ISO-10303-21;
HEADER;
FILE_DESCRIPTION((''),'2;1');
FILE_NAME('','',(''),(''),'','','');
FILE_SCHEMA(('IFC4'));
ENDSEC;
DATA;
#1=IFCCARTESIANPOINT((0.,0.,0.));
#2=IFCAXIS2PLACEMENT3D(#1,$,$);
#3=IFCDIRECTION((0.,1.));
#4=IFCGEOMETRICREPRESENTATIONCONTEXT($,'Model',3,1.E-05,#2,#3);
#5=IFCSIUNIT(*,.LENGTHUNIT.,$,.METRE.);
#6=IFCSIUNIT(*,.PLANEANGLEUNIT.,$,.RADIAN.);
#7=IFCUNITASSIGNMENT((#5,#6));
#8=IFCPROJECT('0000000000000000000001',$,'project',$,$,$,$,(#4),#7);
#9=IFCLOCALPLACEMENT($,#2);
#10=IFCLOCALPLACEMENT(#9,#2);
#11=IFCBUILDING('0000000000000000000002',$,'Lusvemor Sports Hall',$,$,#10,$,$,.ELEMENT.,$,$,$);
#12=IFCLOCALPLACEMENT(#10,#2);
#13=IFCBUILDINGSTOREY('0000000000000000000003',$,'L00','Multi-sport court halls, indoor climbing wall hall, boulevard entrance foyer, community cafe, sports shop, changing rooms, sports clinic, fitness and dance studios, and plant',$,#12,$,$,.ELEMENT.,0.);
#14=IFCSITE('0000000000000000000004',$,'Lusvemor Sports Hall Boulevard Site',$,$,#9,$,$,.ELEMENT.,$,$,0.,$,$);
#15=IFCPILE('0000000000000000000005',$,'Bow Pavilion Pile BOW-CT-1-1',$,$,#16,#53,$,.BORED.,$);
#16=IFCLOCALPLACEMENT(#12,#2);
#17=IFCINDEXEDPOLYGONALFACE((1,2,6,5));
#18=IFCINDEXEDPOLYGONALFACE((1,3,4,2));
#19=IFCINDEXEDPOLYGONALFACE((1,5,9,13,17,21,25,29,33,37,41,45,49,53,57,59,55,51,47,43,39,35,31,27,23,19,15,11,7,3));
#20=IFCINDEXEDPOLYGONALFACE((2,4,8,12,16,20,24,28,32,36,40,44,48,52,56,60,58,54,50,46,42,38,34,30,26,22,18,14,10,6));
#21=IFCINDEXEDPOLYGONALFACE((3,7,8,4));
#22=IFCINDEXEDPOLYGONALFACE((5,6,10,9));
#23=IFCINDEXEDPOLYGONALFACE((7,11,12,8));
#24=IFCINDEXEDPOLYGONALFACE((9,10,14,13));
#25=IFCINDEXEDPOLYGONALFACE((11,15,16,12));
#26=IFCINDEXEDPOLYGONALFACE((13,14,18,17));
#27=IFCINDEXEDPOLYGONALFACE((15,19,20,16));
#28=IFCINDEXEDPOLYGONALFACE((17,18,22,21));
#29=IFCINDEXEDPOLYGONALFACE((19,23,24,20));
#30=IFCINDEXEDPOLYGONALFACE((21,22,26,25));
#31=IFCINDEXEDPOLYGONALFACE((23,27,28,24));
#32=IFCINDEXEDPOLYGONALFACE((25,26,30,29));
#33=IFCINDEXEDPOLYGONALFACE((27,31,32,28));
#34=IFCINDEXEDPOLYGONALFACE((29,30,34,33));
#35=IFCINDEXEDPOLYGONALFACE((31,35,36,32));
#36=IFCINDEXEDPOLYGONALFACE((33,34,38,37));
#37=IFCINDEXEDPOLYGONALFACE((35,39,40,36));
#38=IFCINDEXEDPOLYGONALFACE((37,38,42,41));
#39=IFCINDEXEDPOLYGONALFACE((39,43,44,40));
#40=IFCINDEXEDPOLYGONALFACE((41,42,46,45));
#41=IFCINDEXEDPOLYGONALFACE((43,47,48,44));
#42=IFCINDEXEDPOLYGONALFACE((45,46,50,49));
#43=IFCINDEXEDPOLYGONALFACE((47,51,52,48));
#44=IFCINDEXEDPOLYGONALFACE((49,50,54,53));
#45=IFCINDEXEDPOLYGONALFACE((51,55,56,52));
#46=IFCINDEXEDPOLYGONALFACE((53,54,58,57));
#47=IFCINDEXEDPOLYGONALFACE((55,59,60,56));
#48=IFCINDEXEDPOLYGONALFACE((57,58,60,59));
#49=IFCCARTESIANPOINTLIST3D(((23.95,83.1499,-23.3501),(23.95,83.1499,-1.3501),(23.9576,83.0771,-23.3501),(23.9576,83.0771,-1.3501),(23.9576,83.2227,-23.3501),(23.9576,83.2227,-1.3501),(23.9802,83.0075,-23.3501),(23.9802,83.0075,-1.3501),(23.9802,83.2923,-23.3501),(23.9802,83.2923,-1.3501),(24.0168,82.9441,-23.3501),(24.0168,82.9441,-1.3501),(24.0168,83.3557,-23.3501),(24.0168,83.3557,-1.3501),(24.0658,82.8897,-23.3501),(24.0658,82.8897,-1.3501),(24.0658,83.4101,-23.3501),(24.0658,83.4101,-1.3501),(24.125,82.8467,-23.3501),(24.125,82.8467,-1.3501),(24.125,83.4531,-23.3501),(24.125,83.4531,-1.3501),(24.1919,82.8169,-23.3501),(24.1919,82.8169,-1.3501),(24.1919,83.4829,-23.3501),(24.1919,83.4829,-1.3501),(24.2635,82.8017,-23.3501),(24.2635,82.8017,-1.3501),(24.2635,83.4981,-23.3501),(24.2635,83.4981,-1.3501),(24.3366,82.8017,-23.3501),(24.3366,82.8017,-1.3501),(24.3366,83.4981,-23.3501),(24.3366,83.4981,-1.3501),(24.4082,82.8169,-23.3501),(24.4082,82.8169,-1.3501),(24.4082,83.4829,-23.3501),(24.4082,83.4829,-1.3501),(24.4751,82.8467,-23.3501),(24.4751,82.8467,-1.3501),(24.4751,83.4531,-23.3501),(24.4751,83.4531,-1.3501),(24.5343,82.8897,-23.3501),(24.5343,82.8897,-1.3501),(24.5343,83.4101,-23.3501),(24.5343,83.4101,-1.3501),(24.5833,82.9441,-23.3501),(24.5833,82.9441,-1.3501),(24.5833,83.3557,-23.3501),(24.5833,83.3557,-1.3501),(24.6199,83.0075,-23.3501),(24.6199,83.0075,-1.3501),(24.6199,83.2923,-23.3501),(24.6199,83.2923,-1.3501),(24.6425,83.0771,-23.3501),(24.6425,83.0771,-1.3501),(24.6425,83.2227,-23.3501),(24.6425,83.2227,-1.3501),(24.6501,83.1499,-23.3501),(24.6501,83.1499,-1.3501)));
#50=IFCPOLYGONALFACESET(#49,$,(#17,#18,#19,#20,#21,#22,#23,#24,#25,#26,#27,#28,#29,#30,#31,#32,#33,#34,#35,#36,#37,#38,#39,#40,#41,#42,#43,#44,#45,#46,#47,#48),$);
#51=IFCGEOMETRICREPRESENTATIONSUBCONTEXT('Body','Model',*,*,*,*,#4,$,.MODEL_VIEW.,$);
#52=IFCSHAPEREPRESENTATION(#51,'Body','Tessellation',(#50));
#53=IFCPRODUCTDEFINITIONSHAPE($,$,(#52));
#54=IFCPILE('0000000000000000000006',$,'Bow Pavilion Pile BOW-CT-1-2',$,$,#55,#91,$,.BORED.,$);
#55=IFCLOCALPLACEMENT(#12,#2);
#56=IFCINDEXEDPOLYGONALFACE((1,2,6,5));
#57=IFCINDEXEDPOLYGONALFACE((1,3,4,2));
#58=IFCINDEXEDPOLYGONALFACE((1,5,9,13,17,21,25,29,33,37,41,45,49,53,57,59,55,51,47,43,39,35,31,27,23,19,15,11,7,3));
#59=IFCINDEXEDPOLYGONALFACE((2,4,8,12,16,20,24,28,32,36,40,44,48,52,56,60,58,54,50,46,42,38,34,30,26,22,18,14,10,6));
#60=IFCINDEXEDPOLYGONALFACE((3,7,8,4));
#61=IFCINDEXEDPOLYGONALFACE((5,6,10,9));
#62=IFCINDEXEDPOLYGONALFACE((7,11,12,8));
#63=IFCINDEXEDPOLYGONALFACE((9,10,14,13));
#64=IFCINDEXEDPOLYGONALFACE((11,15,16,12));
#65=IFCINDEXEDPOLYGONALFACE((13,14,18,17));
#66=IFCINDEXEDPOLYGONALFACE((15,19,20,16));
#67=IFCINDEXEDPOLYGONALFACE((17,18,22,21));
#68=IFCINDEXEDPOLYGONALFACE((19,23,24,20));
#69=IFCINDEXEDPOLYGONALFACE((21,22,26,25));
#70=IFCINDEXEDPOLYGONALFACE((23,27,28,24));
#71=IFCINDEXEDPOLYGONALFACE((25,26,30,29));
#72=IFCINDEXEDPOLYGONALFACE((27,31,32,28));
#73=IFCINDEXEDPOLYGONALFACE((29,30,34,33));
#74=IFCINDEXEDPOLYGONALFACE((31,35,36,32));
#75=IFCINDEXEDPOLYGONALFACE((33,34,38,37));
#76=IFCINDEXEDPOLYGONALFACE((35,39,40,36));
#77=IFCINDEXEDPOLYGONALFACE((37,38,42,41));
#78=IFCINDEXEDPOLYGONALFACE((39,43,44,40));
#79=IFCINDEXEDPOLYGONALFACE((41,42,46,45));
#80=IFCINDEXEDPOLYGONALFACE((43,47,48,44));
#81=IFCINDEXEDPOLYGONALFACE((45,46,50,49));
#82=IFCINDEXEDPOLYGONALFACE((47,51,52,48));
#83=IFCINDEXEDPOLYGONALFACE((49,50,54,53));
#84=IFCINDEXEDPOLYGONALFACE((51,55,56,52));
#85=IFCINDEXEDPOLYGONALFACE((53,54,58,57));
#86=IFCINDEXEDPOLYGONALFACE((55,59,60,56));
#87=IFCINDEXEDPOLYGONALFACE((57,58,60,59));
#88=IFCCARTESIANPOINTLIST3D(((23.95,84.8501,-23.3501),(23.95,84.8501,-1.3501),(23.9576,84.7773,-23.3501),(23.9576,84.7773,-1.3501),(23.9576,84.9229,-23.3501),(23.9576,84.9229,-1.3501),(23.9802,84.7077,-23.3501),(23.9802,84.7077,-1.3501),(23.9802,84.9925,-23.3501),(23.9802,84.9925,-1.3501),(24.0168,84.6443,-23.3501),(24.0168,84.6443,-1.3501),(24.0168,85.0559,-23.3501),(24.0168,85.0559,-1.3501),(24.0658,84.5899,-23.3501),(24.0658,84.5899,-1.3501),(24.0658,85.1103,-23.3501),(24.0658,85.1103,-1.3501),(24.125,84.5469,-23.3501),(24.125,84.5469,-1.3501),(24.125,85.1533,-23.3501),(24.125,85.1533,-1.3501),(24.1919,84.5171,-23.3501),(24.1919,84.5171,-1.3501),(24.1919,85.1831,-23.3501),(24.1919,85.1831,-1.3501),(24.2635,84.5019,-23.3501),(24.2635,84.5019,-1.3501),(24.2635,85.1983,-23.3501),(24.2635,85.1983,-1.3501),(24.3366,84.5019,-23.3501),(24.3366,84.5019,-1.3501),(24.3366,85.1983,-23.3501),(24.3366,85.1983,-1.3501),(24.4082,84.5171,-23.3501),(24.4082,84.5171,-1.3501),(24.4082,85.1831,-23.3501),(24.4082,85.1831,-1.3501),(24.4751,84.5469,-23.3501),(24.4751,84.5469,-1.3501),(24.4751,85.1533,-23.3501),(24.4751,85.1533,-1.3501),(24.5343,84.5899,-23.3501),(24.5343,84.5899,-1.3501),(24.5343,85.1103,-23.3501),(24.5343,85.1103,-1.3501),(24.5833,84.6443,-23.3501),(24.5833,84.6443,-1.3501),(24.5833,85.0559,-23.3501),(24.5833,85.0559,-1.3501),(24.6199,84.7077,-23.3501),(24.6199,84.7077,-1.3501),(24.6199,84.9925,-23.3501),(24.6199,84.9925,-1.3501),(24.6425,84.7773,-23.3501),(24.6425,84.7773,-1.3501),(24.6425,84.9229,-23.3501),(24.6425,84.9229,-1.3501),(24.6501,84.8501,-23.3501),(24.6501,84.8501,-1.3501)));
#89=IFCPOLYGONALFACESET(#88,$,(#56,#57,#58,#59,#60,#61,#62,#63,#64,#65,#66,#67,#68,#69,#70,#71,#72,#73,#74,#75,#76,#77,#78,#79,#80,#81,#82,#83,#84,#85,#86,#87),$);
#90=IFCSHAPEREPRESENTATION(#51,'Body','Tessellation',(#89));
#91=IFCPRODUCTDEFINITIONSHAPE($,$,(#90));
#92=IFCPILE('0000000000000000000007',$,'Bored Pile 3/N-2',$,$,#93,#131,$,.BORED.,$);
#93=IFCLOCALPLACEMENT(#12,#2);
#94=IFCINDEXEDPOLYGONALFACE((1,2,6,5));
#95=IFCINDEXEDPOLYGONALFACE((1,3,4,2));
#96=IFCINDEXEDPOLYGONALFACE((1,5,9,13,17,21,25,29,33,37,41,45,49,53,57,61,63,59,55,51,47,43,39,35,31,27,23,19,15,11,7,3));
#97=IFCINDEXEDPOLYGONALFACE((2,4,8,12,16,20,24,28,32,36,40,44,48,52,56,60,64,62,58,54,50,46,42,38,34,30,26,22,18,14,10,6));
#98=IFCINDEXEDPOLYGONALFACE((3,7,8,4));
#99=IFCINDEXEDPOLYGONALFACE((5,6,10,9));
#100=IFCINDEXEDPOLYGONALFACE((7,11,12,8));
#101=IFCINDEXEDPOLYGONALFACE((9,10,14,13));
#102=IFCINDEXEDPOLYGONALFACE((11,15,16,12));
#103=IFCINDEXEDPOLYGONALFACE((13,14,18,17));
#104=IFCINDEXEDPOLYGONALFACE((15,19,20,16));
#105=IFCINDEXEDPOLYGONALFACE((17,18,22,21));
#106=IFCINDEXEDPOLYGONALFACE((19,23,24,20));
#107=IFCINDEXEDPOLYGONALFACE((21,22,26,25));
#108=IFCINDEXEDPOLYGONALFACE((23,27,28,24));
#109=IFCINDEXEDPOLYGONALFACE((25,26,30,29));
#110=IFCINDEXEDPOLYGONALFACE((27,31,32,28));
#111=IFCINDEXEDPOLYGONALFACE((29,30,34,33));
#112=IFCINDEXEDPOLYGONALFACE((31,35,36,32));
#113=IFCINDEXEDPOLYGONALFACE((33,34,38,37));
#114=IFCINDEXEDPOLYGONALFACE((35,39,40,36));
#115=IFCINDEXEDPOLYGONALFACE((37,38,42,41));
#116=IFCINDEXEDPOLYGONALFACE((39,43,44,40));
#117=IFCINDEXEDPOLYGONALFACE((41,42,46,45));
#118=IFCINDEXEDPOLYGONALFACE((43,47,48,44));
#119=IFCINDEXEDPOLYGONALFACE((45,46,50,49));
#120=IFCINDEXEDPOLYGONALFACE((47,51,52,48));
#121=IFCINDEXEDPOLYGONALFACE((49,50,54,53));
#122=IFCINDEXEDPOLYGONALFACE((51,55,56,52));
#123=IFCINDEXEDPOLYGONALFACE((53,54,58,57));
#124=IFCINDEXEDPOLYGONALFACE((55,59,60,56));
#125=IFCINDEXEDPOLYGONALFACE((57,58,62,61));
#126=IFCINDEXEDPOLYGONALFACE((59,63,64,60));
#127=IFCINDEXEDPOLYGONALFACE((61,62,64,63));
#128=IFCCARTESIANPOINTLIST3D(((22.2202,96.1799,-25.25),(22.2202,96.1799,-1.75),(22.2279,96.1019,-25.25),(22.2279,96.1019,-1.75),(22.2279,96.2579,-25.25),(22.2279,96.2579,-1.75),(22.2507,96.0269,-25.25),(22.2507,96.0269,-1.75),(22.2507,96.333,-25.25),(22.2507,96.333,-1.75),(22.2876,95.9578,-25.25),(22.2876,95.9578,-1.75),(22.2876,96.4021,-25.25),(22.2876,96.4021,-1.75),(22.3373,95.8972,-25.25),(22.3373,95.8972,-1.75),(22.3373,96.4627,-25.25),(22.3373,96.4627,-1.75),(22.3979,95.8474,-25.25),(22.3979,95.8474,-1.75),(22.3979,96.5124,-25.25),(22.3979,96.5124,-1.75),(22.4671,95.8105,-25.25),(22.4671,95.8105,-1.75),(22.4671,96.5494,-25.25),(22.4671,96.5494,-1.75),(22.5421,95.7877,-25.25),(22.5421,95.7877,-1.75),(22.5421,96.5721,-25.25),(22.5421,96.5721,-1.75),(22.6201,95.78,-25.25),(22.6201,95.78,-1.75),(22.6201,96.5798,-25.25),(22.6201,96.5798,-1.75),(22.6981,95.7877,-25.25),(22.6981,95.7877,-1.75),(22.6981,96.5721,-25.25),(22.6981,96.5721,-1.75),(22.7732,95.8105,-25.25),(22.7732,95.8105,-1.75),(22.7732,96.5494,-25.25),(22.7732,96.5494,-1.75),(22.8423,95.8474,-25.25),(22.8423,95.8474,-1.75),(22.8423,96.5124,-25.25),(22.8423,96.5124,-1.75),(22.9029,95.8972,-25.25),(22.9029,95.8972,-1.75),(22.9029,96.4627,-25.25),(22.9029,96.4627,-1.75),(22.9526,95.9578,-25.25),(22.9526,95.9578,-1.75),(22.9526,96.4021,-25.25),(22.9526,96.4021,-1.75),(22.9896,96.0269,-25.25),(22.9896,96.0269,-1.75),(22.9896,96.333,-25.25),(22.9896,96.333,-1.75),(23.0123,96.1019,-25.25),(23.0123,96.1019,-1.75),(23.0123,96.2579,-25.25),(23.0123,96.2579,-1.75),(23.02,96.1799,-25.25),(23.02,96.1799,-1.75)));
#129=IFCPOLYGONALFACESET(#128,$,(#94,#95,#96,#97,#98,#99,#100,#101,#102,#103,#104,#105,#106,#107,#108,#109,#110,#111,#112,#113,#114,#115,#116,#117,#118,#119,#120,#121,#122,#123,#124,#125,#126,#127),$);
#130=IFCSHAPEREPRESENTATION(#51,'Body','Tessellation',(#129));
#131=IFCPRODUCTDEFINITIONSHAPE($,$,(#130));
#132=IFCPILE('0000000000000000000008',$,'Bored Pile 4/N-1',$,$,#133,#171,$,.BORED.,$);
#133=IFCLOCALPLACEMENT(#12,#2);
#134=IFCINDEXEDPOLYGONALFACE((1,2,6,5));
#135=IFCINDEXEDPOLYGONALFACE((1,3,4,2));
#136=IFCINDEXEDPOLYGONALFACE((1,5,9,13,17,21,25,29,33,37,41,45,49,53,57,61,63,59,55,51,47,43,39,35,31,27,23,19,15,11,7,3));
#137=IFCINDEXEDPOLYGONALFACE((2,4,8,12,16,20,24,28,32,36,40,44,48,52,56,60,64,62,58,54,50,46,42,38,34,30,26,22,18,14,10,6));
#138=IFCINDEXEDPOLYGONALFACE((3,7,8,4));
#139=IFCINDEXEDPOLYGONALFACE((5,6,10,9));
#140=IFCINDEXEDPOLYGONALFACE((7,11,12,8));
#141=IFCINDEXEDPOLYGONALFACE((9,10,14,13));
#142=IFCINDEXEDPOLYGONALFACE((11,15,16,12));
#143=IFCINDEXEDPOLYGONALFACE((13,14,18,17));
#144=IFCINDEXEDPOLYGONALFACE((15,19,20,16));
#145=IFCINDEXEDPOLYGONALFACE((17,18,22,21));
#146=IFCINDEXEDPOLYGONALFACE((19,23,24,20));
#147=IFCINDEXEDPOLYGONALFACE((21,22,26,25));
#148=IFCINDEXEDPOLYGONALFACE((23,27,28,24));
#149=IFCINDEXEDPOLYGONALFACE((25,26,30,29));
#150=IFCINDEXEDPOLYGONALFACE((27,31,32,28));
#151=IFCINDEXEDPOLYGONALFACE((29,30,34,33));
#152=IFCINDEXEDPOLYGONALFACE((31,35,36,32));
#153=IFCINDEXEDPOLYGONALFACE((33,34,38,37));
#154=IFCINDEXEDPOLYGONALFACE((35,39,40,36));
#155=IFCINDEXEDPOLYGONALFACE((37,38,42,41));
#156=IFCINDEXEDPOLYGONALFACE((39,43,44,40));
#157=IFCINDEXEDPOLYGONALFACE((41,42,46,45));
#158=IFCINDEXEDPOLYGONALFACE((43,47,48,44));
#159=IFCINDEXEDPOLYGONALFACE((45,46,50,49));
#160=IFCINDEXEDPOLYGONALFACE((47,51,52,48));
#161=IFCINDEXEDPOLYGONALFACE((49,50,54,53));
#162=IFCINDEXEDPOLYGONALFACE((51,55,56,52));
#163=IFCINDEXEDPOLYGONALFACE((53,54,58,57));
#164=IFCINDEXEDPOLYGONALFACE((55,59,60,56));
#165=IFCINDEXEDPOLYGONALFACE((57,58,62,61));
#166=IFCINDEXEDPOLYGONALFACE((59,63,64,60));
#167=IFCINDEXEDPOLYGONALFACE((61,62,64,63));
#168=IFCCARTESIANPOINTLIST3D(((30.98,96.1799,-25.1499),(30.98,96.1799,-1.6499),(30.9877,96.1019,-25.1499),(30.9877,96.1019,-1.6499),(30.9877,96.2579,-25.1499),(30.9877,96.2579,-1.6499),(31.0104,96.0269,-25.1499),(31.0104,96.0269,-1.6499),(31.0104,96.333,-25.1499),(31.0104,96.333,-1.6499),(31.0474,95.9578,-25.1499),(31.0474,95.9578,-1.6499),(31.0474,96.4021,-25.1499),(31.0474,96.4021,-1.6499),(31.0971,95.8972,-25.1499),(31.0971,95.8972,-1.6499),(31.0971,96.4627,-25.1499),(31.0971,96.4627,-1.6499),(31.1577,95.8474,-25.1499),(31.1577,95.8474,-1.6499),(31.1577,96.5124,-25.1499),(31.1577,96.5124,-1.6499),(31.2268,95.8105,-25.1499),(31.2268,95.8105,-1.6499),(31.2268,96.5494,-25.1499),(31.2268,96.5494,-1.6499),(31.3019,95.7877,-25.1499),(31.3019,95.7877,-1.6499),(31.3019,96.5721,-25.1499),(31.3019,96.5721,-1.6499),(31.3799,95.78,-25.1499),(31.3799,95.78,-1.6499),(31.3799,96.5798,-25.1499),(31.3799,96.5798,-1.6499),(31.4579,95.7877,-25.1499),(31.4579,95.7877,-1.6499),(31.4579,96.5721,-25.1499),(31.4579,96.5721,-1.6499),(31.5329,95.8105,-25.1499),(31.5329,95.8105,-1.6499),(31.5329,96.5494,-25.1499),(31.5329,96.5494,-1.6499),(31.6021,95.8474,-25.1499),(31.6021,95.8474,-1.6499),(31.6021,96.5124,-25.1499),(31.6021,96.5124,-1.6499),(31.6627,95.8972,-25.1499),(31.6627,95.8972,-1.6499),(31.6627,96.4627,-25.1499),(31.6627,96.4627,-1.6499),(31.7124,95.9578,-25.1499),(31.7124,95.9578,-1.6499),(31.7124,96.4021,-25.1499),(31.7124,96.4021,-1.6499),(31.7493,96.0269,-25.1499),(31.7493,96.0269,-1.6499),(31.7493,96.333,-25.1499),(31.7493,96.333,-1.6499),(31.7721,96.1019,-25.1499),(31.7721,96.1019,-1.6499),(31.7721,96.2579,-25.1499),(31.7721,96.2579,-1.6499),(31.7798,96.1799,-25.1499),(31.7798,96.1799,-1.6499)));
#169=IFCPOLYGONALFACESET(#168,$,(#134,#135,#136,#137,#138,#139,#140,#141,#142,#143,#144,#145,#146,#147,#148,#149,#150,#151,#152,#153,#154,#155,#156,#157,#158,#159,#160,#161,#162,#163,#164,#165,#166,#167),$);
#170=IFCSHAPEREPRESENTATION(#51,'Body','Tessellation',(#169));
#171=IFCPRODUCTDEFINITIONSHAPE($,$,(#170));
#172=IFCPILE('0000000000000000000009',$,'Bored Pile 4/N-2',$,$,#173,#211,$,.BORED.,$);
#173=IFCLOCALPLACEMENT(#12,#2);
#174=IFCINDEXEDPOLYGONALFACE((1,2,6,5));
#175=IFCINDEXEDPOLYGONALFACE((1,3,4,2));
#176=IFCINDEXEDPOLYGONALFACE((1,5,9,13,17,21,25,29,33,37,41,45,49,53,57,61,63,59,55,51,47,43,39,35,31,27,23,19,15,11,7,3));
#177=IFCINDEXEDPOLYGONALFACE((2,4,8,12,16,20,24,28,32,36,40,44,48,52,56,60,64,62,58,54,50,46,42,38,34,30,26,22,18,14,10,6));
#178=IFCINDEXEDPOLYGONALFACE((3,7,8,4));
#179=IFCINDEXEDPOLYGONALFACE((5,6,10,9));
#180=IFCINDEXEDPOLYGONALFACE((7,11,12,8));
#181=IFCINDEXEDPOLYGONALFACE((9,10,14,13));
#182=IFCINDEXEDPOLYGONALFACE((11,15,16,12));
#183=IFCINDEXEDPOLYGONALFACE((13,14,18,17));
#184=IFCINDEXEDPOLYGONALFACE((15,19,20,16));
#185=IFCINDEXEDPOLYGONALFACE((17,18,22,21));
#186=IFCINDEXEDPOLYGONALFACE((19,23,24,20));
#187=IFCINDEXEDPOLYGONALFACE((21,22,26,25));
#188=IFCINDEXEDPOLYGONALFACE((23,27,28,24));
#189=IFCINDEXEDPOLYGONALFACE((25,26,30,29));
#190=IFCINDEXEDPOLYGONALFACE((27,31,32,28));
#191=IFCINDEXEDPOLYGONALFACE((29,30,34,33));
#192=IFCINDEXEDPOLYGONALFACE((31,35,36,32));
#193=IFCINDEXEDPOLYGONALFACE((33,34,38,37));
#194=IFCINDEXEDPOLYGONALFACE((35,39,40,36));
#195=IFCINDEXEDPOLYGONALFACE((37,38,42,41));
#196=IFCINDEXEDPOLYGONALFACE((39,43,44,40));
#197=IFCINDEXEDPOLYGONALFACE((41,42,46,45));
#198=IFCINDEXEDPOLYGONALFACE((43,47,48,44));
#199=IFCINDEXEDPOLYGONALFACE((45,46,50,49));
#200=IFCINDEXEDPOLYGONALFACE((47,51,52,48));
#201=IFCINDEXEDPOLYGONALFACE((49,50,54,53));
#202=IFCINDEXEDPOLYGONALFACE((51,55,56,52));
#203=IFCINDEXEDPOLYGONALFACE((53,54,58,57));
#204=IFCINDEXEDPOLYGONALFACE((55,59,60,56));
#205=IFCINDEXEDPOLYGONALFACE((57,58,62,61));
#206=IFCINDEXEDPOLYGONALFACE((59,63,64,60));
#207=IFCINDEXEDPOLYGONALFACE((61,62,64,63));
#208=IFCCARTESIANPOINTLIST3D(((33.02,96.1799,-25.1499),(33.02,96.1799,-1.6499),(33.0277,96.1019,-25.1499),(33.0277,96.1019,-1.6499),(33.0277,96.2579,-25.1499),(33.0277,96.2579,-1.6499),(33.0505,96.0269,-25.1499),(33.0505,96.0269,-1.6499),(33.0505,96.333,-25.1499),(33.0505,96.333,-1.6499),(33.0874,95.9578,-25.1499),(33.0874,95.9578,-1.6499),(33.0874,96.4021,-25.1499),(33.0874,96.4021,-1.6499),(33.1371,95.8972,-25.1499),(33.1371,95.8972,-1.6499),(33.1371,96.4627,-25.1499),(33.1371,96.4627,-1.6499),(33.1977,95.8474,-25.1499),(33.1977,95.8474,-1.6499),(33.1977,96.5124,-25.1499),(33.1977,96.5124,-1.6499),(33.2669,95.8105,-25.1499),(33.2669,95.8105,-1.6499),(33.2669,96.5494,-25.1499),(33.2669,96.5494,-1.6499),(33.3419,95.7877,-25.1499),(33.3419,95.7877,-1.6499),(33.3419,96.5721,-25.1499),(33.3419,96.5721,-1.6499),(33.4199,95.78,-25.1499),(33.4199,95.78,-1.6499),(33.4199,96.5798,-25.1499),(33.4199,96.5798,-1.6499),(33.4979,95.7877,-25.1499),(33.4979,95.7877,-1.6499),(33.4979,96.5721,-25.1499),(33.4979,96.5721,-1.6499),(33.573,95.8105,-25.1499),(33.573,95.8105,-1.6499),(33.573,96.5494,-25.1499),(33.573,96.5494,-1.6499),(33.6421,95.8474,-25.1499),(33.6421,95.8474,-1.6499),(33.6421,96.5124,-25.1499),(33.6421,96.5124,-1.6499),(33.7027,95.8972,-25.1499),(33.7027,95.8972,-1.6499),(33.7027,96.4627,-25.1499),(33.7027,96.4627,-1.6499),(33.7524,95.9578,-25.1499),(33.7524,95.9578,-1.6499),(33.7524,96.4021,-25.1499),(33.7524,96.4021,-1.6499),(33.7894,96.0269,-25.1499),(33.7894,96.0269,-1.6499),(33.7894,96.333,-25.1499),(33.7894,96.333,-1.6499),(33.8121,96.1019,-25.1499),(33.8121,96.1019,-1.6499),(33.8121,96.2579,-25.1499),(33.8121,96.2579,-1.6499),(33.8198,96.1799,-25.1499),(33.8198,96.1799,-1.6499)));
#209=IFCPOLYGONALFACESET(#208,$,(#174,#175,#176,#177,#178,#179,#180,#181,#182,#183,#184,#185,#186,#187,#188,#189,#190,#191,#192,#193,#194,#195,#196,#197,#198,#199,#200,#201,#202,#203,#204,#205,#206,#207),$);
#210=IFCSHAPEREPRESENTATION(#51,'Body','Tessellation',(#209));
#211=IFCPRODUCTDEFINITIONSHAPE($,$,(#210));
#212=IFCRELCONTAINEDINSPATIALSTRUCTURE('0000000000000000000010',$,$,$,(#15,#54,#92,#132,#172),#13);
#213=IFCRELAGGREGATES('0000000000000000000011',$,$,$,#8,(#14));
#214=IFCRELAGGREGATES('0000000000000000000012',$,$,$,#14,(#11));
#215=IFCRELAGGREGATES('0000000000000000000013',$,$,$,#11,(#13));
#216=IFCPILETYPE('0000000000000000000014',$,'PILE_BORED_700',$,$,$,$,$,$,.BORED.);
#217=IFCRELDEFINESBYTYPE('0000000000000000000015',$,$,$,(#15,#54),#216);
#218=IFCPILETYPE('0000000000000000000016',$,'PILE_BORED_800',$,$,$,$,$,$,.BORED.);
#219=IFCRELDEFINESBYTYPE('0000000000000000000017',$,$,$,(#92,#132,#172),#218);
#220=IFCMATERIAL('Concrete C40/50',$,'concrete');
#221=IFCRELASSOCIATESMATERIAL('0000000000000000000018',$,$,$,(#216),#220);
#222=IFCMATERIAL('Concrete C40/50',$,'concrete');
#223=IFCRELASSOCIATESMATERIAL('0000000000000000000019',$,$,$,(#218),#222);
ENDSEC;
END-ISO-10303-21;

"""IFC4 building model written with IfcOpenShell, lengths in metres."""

from ifc_helpers import new_model, si_unit, direction, frame, origin, origin_2d, place, context, subcontext, project, spatial, circle, extrude, material, material_profile, profile_set, type_object, element, save


model = new_model("IFC4")

# Units and contexts
model_context = context("Model", 3, precision=1e-05, world=origin(), true_north=direction((0.0, 1.0)))
body_context = subcontext(model_context, "Body", "Model", "MODEL_VIEW")
ifc_project = project(units=[si_unit("LENGTHUNIT", "METRE"), si_unit("PLANEANGLEUNIT", "RADIAN")], contexts=[model_context])

# Site, building, storey
site_placement = place(None, origin())
site = spatial("IfcSite", under=ifc_project, at=site_placement, Name="Lusvemor Sports Hall Boulevard Site", CompositionType="ELEMENT", RefElevation=0.0)
building_placement = place(site_placement, origin())
building = spatial("IfcBuilding", under=site, at=building_placement, Name="Lusvemor Sports Hall", CompositionType="ELEMENT")
storey_placement = place(building_placement, origin())
storey = spatial("IfcBuildingStorey", under=building, at=storey_placement, Name="L00", Description="Multi-sport court halls, indoor climbing wall hall, boulevard entrance foyer, community cafe, sports shop, changing rooms, sports clinic, fitness and dance studios, and plant", CompositionType="ELEMENT", Elevation=0.0)

# Piles
ifc_material_1 = material(Name="Concrete C40/50", Category="concrete")
ifc_material_profile_1 = material_profile(ifc_material_1, circle(Radius=0.3501, at=origin_2d()), Name="PILE700")
ifc_profile_set_1 = profile_set([ifc_material_profile_1], Name="Concrete C40/50")
pile_type_1 = type_object("IfcPileType", Name="PILE_BORED_700", PredefinedType="BORED", material=ifc_profile_set_1)
for number, where, z_axis, x_axis, name in (
    (1, (24.3, 83.1499, -1.3501), (0.0, 0.0, -1.0), (1.0, 0.0, 0.0), "Bow Pavilion Pile BOW-CT-1-1"),
    (2, (24.3, 84.8501, -1.3501), (0.0, 0.0, -1.0), (1.0, 0.0, 0.0), "Bow Pavilion Pile BOW-CT-1-2"),
):
    element("IfcPile", number, at=place(storey_placement, frame(where, z_axis=z_axis, x_axis=x_axis)), inside=storey, type_object=pile_type_1, Name=name, PredefinedType="BORED", context=body_context, shape_type="SweptSolid", body=[
        extrude(circle(Radius=0.3501, at=origin_2d()), origin(), (0.0, 0.0, 1.0), 22.0),
    ])
ifc_material_2 = material(Name="Concrete C40/50", Category="concrete")
ifc_material_profile_2 = material_profile(ifc_material_2, circle(Radius=0.3999, at=origin_2d()), Name="PILE800")
ifc_profile_set_2 = profile_set([ifc_material_profile_2], Name="Concrete C40/50")
pile_type_2 = type_object("IfcPileType", Name="PILE_BORED_800", PredefinedType="BORED", material=ifc_profile_set_2)
for number, where, z_axis, x_axis, name in (
    (3, (22.6201, 96.1799, -1.75), (0.0, 0.0, -1.0), (1.0, 0.0, 0.0), "Bored Pile 3/N-2"),
    (4, (31.3799, 96.1799, -1.6499), (0.0, 0.0, -1.0), (1.0, 0.0, 0.0), "Bored Pile 4/N-1"),
    (5, (33.4199, 96.1799, -1.6499), (0.0, 0.0, -1.0), (1.0, 0.0, 0.0), "Bored Pile 4/N-2"),
):
    element("IfcPile", number, at=place(storey_placement, frame(where, z_axis=z_axis, x_axis=x_axis)), inside=storey, type_object=pile_type_2, Name=name, PredefinedType="BORED", context=body_context, shape_type="SweptSolid", body=[
        extrude(circle(Radius=0.3999, at=origin_2d()), origin(), (0.0, 0.0, 1.0), 23.5),
    ])

save(model, "model.ifc")
